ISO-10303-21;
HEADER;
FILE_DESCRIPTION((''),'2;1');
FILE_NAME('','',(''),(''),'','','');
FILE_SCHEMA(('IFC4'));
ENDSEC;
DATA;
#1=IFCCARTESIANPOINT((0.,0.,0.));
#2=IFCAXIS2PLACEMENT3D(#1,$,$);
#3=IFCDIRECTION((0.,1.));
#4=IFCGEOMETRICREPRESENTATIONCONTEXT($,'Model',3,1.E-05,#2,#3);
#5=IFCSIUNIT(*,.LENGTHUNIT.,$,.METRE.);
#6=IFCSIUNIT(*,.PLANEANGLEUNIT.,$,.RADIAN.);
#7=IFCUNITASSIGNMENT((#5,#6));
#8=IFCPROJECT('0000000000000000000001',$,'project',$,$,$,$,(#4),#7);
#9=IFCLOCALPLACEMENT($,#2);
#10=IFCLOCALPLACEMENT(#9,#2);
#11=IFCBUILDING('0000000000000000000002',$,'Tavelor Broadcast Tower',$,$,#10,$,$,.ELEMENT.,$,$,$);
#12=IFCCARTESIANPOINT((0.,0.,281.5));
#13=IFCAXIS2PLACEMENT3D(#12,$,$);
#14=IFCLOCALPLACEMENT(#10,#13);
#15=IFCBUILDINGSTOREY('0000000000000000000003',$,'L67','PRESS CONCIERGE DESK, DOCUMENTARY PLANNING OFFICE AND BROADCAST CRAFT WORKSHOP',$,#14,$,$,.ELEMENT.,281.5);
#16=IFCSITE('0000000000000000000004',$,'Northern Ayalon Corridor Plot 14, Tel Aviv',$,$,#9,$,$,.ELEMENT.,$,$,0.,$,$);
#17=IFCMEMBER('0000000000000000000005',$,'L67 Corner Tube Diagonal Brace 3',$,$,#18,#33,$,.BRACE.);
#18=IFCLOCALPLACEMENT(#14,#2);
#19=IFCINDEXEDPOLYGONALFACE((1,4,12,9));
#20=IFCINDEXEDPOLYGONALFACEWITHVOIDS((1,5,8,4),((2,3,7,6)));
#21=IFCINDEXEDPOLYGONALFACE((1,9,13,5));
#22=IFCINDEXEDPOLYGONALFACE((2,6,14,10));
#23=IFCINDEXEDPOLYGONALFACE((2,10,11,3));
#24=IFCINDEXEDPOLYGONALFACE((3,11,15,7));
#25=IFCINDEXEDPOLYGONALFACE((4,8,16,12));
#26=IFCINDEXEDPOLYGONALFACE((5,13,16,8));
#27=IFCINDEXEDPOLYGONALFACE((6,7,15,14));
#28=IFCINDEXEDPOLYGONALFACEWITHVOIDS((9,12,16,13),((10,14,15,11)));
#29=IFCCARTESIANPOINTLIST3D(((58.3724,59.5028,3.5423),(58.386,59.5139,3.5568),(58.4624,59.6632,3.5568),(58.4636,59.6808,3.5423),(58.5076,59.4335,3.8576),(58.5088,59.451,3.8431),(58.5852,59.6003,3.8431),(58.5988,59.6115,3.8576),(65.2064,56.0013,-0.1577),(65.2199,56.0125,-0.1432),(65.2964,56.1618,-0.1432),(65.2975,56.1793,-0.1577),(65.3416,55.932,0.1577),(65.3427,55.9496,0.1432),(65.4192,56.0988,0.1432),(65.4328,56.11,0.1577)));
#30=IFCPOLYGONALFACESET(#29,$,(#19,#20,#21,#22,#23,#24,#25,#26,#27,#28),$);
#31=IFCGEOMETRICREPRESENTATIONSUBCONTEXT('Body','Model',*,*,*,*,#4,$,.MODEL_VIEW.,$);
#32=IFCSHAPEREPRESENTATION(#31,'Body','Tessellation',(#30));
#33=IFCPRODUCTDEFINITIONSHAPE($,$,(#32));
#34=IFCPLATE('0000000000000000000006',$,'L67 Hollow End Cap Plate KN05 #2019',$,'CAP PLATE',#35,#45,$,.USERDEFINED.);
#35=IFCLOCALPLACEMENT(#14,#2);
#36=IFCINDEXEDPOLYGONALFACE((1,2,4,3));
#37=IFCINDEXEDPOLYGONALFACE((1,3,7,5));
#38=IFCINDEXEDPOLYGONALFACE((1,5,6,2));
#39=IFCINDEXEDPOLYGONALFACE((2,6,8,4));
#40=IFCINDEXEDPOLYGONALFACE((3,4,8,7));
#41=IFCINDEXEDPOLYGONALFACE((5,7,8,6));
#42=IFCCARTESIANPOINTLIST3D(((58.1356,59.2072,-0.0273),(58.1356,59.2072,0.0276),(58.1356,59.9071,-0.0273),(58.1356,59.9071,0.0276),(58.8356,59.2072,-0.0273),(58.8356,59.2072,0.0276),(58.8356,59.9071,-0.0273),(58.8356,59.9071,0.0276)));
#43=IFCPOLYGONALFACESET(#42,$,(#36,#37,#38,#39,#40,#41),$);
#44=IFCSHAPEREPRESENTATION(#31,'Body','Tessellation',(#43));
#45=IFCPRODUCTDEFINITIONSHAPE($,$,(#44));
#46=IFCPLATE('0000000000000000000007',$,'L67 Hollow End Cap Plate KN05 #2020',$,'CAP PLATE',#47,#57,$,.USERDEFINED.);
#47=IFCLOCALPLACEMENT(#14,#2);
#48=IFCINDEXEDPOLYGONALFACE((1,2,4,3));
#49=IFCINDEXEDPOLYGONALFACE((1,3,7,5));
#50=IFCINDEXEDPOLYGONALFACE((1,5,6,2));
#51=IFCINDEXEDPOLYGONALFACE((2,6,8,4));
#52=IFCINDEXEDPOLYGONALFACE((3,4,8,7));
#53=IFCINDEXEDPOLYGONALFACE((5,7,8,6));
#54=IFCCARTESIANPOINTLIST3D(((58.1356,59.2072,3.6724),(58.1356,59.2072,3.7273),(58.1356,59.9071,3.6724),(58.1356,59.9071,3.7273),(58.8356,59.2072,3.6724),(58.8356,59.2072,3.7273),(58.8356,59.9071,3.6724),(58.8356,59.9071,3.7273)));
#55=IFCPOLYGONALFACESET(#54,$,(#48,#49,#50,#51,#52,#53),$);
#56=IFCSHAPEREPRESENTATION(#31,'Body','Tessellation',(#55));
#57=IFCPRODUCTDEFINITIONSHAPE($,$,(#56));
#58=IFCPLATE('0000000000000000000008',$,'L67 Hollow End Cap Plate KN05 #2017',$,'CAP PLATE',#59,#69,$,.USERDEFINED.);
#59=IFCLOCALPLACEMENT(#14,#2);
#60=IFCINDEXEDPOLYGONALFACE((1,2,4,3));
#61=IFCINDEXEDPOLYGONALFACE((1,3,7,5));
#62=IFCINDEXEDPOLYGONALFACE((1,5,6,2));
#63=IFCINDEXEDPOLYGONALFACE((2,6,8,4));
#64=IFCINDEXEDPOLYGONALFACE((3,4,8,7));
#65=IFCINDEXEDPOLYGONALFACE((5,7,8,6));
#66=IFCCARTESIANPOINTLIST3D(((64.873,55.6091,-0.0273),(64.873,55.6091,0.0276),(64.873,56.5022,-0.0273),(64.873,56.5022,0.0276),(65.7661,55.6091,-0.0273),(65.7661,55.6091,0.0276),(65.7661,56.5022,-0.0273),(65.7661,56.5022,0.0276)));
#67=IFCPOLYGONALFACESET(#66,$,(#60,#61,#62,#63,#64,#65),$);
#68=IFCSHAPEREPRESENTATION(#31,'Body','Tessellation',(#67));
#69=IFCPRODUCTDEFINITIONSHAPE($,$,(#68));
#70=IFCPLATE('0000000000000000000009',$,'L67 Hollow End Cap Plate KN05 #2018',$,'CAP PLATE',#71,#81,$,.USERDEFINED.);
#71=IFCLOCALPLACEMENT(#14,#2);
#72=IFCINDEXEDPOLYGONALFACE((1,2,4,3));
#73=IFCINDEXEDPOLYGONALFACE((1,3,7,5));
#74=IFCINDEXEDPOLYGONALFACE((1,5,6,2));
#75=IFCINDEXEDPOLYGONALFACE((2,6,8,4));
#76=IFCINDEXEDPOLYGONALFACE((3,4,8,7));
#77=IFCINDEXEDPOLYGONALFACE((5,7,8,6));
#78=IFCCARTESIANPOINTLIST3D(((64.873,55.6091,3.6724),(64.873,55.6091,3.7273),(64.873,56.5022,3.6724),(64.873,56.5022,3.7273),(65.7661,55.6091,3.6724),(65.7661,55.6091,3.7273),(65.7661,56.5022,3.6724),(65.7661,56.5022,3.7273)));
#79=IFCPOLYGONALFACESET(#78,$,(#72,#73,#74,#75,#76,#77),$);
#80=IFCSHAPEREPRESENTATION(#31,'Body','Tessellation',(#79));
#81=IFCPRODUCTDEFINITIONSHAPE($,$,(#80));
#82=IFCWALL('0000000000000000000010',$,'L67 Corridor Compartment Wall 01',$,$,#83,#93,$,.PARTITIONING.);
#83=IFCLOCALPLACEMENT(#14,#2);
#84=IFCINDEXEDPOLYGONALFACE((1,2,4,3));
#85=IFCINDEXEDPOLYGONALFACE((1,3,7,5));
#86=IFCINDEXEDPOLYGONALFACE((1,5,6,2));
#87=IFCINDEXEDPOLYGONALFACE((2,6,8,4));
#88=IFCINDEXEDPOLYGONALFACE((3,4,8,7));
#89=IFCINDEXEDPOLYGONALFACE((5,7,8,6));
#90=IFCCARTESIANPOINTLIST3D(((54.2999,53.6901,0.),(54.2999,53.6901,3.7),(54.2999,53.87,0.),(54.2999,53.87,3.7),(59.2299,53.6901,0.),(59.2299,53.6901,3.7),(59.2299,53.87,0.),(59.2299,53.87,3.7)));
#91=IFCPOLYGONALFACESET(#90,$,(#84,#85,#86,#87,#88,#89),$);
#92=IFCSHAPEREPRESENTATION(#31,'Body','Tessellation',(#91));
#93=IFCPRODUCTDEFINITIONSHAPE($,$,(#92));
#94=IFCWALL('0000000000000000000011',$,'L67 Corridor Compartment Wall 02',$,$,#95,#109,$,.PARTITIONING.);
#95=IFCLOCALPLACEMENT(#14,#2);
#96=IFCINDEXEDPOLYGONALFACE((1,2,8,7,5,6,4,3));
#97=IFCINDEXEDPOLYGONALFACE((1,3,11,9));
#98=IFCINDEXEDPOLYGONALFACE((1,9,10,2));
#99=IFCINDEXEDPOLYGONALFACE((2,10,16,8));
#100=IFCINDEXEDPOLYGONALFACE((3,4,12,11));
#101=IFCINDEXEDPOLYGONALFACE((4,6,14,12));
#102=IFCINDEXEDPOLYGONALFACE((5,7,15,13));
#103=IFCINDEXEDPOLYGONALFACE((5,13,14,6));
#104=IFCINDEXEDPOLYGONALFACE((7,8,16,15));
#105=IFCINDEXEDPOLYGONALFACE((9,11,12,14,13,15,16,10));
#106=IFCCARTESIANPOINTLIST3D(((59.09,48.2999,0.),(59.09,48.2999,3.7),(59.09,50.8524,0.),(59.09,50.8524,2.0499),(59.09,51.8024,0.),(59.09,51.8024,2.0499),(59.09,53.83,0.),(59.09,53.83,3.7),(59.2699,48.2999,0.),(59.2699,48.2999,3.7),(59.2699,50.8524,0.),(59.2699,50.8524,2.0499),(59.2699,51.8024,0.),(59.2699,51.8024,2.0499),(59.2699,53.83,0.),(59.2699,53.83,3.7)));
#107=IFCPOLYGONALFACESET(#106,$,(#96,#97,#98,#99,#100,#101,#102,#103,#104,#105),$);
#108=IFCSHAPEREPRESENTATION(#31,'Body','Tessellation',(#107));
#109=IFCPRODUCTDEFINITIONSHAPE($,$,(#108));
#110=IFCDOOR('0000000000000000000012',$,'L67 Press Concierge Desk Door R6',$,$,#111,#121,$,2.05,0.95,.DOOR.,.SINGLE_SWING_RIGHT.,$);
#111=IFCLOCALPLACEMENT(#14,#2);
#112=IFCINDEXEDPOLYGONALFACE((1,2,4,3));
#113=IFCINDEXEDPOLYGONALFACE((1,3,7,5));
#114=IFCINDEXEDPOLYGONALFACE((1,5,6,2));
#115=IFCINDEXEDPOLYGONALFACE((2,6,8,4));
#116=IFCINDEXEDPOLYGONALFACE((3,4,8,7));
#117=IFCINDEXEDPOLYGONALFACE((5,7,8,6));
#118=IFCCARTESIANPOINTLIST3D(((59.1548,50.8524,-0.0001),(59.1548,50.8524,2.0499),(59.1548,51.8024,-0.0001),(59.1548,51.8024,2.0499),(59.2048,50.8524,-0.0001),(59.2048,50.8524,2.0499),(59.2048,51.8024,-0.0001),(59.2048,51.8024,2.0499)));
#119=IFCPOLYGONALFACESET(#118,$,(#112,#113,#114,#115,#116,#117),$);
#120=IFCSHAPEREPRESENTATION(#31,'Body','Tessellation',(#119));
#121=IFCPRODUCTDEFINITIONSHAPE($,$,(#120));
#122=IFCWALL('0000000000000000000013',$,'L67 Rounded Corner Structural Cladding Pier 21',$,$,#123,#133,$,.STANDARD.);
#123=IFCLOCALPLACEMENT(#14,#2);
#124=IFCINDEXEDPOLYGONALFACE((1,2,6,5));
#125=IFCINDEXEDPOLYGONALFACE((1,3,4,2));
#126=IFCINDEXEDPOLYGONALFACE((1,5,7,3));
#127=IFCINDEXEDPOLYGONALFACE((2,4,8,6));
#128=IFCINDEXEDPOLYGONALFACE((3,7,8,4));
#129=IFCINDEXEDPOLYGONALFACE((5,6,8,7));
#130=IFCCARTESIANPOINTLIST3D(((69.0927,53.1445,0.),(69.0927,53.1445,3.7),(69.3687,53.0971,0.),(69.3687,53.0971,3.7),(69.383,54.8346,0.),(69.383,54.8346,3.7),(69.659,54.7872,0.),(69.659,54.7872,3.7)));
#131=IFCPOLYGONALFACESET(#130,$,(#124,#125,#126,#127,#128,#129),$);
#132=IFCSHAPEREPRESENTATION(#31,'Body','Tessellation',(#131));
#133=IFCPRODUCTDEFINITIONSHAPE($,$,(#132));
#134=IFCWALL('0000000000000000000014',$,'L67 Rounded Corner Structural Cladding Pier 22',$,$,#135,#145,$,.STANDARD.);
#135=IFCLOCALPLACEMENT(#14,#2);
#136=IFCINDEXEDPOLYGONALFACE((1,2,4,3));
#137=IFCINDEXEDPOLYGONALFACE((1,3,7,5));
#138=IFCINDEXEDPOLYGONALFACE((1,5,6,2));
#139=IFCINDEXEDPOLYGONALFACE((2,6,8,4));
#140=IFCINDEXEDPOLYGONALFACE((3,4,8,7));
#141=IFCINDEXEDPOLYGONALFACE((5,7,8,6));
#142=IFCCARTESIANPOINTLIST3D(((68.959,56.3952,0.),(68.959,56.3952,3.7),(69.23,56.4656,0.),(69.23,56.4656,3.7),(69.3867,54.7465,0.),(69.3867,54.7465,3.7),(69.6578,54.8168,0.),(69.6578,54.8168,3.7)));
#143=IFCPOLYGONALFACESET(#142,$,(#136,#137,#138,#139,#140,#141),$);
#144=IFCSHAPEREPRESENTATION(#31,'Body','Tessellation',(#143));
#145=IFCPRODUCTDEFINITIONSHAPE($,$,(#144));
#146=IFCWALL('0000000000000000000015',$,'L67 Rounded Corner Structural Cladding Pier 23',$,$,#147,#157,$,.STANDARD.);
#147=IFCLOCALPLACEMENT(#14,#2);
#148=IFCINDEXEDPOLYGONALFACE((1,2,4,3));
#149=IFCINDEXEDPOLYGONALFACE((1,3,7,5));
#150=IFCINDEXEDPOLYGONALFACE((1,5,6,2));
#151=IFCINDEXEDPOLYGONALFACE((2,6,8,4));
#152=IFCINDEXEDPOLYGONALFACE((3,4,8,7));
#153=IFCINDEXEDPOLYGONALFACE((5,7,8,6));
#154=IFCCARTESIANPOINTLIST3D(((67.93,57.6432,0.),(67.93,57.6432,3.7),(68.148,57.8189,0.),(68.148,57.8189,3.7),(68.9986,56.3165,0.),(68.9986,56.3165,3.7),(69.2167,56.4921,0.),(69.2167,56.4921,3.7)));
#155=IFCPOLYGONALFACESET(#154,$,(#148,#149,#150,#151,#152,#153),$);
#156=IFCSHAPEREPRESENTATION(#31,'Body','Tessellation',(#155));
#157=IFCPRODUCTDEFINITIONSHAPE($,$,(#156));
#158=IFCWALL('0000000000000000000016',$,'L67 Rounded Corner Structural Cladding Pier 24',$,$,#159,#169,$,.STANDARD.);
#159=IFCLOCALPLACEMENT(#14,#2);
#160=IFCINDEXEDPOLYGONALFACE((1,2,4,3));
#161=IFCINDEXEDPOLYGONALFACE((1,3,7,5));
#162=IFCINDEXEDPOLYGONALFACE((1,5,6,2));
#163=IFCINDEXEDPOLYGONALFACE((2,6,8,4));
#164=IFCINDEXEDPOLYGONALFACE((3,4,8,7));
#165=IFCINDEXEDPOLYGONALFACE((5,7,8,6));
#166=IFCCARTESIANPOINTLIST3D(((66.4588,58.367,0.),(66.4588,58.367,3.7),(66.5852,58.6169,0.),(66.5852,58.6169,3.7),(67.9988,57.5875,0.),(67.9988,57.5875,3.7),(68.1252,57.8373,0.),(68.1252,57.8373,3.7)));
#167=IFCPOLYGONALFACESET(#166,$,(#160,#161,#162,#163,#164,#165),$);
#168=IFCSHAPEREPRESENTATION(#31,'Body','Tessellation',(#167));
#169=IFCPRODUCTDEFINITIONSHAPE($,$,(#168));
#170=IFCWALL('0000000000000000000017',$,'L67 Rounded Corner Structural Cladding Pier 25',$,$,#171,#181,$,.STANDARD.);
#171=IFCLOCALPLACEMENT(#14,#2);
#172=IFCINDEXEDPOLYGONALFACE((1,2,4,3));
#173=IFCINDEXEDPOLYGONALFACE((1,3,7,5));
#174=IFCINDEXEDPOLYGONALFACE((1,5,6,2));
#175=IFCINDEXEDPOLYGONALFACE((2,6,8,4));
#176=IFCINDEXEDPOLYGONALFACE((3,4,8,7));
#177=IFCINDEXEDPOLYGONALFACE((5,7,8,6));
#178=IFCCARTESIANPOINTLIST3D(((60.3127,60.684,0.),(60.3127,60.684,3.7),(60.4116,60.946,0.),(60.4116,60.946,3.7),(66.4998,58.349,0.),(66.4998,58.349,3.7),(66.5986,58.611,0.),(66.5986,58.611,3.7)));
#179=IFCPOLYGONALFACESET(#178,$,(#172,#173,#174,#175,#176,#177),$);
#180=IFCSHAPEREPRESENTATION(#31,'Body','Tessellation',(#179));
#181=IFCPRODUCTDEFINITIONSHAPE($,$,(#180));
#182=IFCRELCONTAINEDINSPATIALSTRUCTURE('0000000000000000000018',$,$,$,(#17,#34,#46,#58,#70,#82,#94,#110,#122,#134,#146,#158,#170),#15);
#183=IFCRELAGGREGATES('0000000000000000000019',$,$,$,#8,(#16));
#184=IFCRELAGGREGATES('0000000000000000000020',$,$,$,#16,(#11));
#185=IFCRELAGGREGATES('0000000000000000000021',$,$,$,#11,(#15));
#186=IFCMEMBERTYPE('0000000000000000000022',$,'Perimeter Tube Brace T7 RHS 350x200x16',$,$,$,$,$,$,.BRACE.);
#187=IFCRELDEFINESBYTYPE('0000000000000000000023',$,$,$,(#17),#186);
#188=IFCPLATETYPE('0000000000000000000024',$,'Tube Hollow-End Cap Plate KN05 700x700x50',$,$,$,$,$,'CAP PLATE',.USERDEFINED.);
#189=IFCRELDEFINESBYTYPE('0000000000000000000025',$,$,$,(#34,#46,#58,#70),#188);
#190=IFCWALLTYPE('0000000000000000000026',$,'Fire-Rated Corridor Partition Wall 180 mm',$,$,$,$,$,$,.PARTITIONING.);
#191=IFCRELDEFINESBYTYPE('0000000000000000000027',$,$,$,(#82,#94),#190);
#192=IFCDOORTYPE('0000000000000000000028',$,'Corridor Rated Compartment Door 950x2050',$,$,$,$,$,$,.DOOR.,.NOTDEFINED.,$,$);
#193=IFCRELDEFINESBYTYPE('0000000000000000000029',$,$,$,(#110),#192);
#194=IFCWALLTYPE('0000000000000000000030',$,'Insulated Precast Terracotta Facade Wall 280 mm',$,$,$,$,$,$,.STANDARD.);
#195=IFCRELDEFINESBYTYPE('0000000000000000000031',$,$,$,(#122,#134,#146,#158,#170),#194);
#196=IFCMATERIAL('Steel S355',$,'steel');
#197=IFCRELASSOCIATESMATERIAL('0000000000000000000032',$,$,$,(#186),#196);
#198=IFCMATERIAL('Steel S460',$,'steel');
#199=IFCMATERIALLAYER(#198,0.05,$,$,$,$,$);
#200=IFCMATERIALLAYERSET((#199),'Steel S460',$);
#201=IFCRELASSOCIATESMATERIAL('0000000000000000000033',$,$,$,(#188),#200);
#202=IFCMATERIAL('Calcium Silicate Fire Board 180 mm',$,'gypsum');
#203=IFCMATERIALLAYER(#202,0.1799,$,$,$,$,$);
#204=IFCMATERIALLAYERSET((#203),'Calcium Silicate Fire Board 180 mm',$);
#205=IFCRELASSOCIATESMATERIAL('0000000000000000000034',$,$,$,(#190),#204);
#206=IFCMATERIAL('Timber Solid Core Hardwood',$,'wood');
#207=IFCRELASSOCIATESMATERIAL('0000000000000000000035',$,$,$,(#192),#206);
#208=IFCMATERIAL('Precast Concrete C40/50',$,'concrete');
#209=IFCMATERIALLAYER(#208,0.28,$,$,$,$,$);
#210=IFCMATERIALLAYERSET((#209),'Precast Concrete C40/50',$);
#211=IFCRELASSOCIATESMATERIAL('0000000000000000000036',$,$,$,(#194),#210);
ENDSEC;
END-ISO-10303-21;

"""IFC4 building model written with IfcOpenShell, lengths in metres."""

from ifc_helpers import new_model, si_unit, direction, frame, frame_2d, origin, origin_2d, place, context, subcontext, project, spatial, rectangle, hollow_rectangle, extrude, source, transform, mapped, material, layer, layer_set, material_profile, profile_set, type_object, type_shapes, element, fill, save


model = new_model("IFC4")

# Units and contexts
model_context = context("Model", 3, precision=1e-05, world=origin(), true_north=direction((0.0, 1.0)))
body_context = subcontext(model_context, "Body", "Model", "MODEL_VIEW")
ifc_project = project(units=[si_unit("LENGTHUNIT", "METRE"), si_unit("PLANEANGLEUNIT", "RADIAN")], contexts=[model_context])

# Site, building, storey
site_placement = place(None, origin())
site = spatial("IfcSite", under=ifc_project, at=site_placement, Name="Northern Ayalon Corridor Plot 14, Tel Aviv", CompositionType="ELEMENT", RefElevation=0.0)
building_placement = place(site_placement, origin())
building = spatial("IfcBuilding", under=site, at=building_placement, Name="Tavelor Broadcast Tower", CompositionType="ELEMENT")
storey_placement = place(building_placement, frame((0.0, 0.0, 281.5)))
storey = spatial("IfcBuildingStorey", under=building, at=storey_placement, Name="L67", Description="PRESS CONCIERGE DESK, DOCUMENTARY PLANNING OFFICE AND BROADCAST CRAFT WORKSHOP", CompositionType="ELEMENT", Elevation=281.5)

# Shared definitions
ifc_material_1 = material(Name="Steel S460", Category="steel")

# Shared definitions
ifc_material_2 = material(Name="Steel S355", Category="steel")

# Member
ifc_material_profile_1 = material_profile(ifc_material_2, hollow_rectangle(XDim=0.2, YDim=0.3501, WallThickness=0.0161, at=origin_2d()), Name="RHS 350x200x16")
ifc_profile_set_1 = profile_set([ifc_material_profile_1], Name="Steel S355")
member_type = type_object("IfcMemberType", Name="Perimeter Tube Brace T7 RHS 350x200x16", PredefinedType="BRACE", material=ifc_profile_set_1)
member_placement = place(storey_placement, frame((65.3196, 56.0557, 0.0), z_axis=(-0.801764, 0.410792, 0.434079), x_axis=(-0.455993, -0.889984, 0.0)))
element("IfcMember", 1, at=member_placement, inside=storey, type_object=member_type, Name="L67 Corner Tube Diagonal Brace 3", PredefinedType="BRACE", context=body_context, shape_type="SweptSolid", body=[
    extrude(hollow_rectangle(XDim=0.2, YDim=0.3501, WallThickness=0.0161, at=origin_2d()), origin(), (0.0, 0.0, 1.0), 8.5237),
])

# Plates
ifc_layer_1 = layer(ifc_material_1, 0.05)
ifc_layer_set_1 = layer_set([ifc_layer_1], Name="Steel S460")
plate_type = type_object("IfcPlateType", Name="Tube Hollow-End Cap Plate KN05 700x700x50", ElementType="CAP PLATE", PredefinedType="USERDEFINED", material=ifc_layer_set_1)
shared_shape_1 = source(origin(), body_context, "Body", "SweptSolid", [
    extrude(rectangle(XDim=0.7, YDim=0.7, at=origin_2d()), origin(), (0.0, 0.0, 1.0), 0.0549),
])
for number, where, z_axis, x_axis, name in (
    (2, (58.4856, 59.5571, -0.0273), (0.0, 0.0, 1.0), (1.0, 0.0, 0.0), "L67 Hollow End Cap Plate KN05 #2019"),
    (3, (58.4856, 59.5571, 3.6724), (0.0, 0.0, 1.0), (1.0, 0.0, 0.0), "L67 Hollow End Cap Plate KN05 #2020"),
):
    element("IfcPlate", number, at=place(storey_placement, frame(where, z_axis=z_axis, x_axis=x_axis)), inside=storey, type_object=plate_type, Name=name, ObjectType="CAP PLATE", PredefinedType="USERDEFINED", context=body_context, shape_type="MappedRepresentation", body=[
        mapped(shared_shape_1, transform((0.0, 0.0, 0.0), scale=1.0)),
    ])
shared_shape_2 = source(origin(), body_context, "Body", "SweptSolid", [
    extrude(rectangle(XDim=0.8931, YDim=0.8931, at=origin_2d()), origin(), (0.0, 0.0, 1.0), 0.0549),
])
type_shapes(plate_type, [shared_shape_1, shared_shape_2])
for number, where, z_axis, x_axis, name in (
    (4, (65.3196, 56.0557, -0.0273), (0.0, 0.0, 1.0), (1.0, 0.0, 0.0), "L67 Hollow End Cap Plate KN05 #2017"),
    (5, (65.3196, 56.0557, 3.6724), (0.0, 0.0, 1.0), (1.0, 0.0, 0.0), "L67 Hollow End Cap Plate KN05 #2018"),
):
    element("IfcPlate", number, at=place(storey_placement, frame(where, z_axis=z_axis, x_axis=x_axis)), inside=storey, type_object=plate_type, Name=name, ObjectType="CAP PLATE", PredefinedType="USERDEFINED", context=body_context, shape_type="MappedRepresentation", body=[
        mapped(shared_shape_2, transform((0.0, 0.0, 0.0), scale=1.0)),
    ])

# Wall
ifc_material_3 = material(Name="Calcium Silicate Fire Board 180 mm", Category="gypsum")
ifc_layer_2 = layer(ifc_material_3, 0.1799)
ifc_layer_set_2 = layer_set([ifc_layer_2], Name="Calcium Silicate Fire Board 180 mm")
wall_type_1 = type_object("IfcWallType", Name="Fire-Rated Corridor Partition Wall 180 mm", PredefinedType="PARTITIONING", material=ifc_layer_set_2)
wall_1_placement = place(storey_placement, frame((54.3, 53.78, 0.0), z_axis=(0.0, 0.0, 1.0), x_axis=(1.0, 0.0, 0.0)))
element("IfcWall", 6, at=wall_1_placement, inside=storey, type_object=wall_type_1, Name="L67 Corridor Compartment Wall 01", PredefinedType="PARTITIONING", context=body_context, shape_type="SweptSolid", body=[
    extrude(rectangle(XDim=4.9299, YDim=0.1799, at=frame_2d((2.4648, 0.0))), origin(), (0.0, 0.0, 1.0), 3.7),
])

# Wall, opening, door
wall_2_placement = place(storey_placement, frame((59.1799, 53.8301, 0.0), z_axis=(0.0, 0.0, 1.0), x_axis=(0.0, -1.0, 0.0)))
wall_2 = element("IfcWall", 7, at=wall_2_placement, inside=storey, type_object=wall_type_1, Name="L67 Corridor Compartment Wall 02", PredefinedType="PARTITIONING", context=body_context, shape_type="SweptSolid", body=[
    extrude(rectangle(XDim=5.53, YDim=0.1799, at=frame_2d((2.7651, 0.0))), origin(), (0.0, 0.0, 1.0), 3.7),
])
opening_placement = place(wall_2_placement, frame((2.0276, 0.0, 0.0)))
opening = element("IfcOpeningElement", 8, at=opening_placement, cuts=wall_2, PredefinedType="OPENING", context=body_context, shape_type="SweptSolid", body=[
    extrude(rectangle(XDim=0.95, YDim=2.05, at=frame_2d((0.4751, 1.0249))), frame((0.0, 0.1001, 0.0), z_axis=(0.0, -1.0, 0.0), x_axis=(1.0, 0.0, 0.0)), (0.0, 0.0, 1.0), 0.2),
])
ifc_material_4 = material(Name="Timber Solid Core Hardwood", Category="wood")
door_type = type_object("IfcDoorType", Name="Corridor Rated Compartment Door 950x2050", OperationType="NOTDEFINED", PredefinedType="DOOR", material=ifc_material_4)
door_placement = place(opening_placement, origin())
door = element("IfcDoor", 9, at=door_placement, inside=storey, type_object=door_type, Name="L67 Press Concierge Desk Door R6", OperationType="SINGLE_SWING_RIGHT", OverallHeight=2.05, OverallWidth=0.95, PredefinedType="DOOR", context=body_context, shape_type="SweptSolid", body=[
    extrude(rectangle(XDim=0.95, YDim=2.05, at=frame_2d((0.4751, 1.0249))), frame((0.0, 0.0249, 0.0), z_axis=(0.0, -1.0, 0.0), x_axis=(1.0, 0.0, 0.0)), (0.0, 0.0, 1.0), 0.05),
])
fill(opening, door)

# Walls
ifc_material_5 = material(Name="Precast Concrete C40/50", Category="concrete")
ifc_layer_3 = layer(ifc_material_5, 0.28)
ifc_layer_set_3 = layer_set([ifc_layer_3], Name="Precast Concrete C40/50")
wall_type_2 = type_object("IfcWallType", Name="Insulated Precast Terracotta Facade Wall 280 mm", PredefinedType="STANDARD", material=ifc_layer_set_3)
wall_3_placement = place(storey_placement, frame((69.2307, 53.1208, 0.0), z_axis=(0.0, 0.0, 1.0), x_axis=(0.169268, 0.98557, 0.0)))
element("IfcWall", 10, at=wall_3_placement, inside=storey, type_object=wall_type_2, Name="L67 Rounded Corner Structural Cladding Pier 21", PredefinedType="STANDARD", context=body_context, shape_type="SweptSolid", body=[
    extrude(rectangle(XDim=1.7148, YDim=0.28, at=frame_2d((0.8574, 0.0))), origin(), (0.0, 0.0, 1.0), 3.7),
])
wall_4_placement = place(storey_placement, frame((69.5222, 54.7817, 0.0), z_axis=(0.0, 0.0, 1.0), x_axis=(-0.251126, 0.967954, 0.0)))
element("IfcWall", 11, at=wall_4_placement, inside=storey, type_object=wall_type_2, Name="L67 Rounded Corner Structural Cladding Pier 22", PredefinedType="STANDARD", context=body_context, shape_type="SweptSolid", body=[
    extrude(rectangle(XDim=1.7034, YDim=0.28, at=frame_2d((0.8516, 0.0))), origin(), (0.0, 0.0, 1.0), 3.7),
])
wall_5_placement = place(storey_placement, frame((69.1077, 56.4043, 0.0), z_axis=(0.0, 0.0, 1.0), x_axis=(-0.627296, 0.778781, 0.0)))
element("IfcWall", 12, at=wall_5_placement, inside=storey, type_object=wall_type_2, Name="L67 Rounded Corner Structural Cladding Pier 23", PredefinedType="STANDARD", context=body_context, shape_type="SweptSolid", body=[
    extrude(rectangle(XDim=1.7036, YDim=0.28, at=frame_2d((0.8518, 0.0))), origin(), (0.0, 0.0, 1.0), 3.7),
])
wall_6_placement = place(storey_placement, frame((68.062, 57.7124, 0.0), z_axis=(0.0, 0.0, 1.0), x_axis=(-0.89221, 0.451621, 0.0)))
element("IfcWall", 13, at=wall_6_placement, inside=storey, type_object=wall_type_2, Name="L67 Rounded Corner Structural Cladding Pier 24", PredefinedType="STANDARD", context=body_context, shape_type="SweptSolid", body=[
    extrude(rectangle(XDim=1.7261, YDim=0.28, at=frame_2d((0.863, 0.0))), origin(), (0.0, 0.0, 1.0), 3.7),
])
wall_7_placement = place(storey_placement, frame((66.5493, 58.48, 0.0), z_axis=(0.0, 0.0, 1.0), x_axis=(-0.93559, 0.353089, 0.0)))
element("IfcWall", 14, at=wall_7_placement, inside=storey, type_object=wall_type_2, Name="L67 Rounded Corner Structural Cladding Pier 25", PredefinedType="STANDARD", context=body_context, shape_type="SweptSolid", body=[
    extrude(rectangle(XDim=6.613, YDim=0.28, at=frame_2d((3.3066, 0.0))), origin(), (0.0, 0.0, 1.0), 3.7),
])

save(model, "model.ifc")
